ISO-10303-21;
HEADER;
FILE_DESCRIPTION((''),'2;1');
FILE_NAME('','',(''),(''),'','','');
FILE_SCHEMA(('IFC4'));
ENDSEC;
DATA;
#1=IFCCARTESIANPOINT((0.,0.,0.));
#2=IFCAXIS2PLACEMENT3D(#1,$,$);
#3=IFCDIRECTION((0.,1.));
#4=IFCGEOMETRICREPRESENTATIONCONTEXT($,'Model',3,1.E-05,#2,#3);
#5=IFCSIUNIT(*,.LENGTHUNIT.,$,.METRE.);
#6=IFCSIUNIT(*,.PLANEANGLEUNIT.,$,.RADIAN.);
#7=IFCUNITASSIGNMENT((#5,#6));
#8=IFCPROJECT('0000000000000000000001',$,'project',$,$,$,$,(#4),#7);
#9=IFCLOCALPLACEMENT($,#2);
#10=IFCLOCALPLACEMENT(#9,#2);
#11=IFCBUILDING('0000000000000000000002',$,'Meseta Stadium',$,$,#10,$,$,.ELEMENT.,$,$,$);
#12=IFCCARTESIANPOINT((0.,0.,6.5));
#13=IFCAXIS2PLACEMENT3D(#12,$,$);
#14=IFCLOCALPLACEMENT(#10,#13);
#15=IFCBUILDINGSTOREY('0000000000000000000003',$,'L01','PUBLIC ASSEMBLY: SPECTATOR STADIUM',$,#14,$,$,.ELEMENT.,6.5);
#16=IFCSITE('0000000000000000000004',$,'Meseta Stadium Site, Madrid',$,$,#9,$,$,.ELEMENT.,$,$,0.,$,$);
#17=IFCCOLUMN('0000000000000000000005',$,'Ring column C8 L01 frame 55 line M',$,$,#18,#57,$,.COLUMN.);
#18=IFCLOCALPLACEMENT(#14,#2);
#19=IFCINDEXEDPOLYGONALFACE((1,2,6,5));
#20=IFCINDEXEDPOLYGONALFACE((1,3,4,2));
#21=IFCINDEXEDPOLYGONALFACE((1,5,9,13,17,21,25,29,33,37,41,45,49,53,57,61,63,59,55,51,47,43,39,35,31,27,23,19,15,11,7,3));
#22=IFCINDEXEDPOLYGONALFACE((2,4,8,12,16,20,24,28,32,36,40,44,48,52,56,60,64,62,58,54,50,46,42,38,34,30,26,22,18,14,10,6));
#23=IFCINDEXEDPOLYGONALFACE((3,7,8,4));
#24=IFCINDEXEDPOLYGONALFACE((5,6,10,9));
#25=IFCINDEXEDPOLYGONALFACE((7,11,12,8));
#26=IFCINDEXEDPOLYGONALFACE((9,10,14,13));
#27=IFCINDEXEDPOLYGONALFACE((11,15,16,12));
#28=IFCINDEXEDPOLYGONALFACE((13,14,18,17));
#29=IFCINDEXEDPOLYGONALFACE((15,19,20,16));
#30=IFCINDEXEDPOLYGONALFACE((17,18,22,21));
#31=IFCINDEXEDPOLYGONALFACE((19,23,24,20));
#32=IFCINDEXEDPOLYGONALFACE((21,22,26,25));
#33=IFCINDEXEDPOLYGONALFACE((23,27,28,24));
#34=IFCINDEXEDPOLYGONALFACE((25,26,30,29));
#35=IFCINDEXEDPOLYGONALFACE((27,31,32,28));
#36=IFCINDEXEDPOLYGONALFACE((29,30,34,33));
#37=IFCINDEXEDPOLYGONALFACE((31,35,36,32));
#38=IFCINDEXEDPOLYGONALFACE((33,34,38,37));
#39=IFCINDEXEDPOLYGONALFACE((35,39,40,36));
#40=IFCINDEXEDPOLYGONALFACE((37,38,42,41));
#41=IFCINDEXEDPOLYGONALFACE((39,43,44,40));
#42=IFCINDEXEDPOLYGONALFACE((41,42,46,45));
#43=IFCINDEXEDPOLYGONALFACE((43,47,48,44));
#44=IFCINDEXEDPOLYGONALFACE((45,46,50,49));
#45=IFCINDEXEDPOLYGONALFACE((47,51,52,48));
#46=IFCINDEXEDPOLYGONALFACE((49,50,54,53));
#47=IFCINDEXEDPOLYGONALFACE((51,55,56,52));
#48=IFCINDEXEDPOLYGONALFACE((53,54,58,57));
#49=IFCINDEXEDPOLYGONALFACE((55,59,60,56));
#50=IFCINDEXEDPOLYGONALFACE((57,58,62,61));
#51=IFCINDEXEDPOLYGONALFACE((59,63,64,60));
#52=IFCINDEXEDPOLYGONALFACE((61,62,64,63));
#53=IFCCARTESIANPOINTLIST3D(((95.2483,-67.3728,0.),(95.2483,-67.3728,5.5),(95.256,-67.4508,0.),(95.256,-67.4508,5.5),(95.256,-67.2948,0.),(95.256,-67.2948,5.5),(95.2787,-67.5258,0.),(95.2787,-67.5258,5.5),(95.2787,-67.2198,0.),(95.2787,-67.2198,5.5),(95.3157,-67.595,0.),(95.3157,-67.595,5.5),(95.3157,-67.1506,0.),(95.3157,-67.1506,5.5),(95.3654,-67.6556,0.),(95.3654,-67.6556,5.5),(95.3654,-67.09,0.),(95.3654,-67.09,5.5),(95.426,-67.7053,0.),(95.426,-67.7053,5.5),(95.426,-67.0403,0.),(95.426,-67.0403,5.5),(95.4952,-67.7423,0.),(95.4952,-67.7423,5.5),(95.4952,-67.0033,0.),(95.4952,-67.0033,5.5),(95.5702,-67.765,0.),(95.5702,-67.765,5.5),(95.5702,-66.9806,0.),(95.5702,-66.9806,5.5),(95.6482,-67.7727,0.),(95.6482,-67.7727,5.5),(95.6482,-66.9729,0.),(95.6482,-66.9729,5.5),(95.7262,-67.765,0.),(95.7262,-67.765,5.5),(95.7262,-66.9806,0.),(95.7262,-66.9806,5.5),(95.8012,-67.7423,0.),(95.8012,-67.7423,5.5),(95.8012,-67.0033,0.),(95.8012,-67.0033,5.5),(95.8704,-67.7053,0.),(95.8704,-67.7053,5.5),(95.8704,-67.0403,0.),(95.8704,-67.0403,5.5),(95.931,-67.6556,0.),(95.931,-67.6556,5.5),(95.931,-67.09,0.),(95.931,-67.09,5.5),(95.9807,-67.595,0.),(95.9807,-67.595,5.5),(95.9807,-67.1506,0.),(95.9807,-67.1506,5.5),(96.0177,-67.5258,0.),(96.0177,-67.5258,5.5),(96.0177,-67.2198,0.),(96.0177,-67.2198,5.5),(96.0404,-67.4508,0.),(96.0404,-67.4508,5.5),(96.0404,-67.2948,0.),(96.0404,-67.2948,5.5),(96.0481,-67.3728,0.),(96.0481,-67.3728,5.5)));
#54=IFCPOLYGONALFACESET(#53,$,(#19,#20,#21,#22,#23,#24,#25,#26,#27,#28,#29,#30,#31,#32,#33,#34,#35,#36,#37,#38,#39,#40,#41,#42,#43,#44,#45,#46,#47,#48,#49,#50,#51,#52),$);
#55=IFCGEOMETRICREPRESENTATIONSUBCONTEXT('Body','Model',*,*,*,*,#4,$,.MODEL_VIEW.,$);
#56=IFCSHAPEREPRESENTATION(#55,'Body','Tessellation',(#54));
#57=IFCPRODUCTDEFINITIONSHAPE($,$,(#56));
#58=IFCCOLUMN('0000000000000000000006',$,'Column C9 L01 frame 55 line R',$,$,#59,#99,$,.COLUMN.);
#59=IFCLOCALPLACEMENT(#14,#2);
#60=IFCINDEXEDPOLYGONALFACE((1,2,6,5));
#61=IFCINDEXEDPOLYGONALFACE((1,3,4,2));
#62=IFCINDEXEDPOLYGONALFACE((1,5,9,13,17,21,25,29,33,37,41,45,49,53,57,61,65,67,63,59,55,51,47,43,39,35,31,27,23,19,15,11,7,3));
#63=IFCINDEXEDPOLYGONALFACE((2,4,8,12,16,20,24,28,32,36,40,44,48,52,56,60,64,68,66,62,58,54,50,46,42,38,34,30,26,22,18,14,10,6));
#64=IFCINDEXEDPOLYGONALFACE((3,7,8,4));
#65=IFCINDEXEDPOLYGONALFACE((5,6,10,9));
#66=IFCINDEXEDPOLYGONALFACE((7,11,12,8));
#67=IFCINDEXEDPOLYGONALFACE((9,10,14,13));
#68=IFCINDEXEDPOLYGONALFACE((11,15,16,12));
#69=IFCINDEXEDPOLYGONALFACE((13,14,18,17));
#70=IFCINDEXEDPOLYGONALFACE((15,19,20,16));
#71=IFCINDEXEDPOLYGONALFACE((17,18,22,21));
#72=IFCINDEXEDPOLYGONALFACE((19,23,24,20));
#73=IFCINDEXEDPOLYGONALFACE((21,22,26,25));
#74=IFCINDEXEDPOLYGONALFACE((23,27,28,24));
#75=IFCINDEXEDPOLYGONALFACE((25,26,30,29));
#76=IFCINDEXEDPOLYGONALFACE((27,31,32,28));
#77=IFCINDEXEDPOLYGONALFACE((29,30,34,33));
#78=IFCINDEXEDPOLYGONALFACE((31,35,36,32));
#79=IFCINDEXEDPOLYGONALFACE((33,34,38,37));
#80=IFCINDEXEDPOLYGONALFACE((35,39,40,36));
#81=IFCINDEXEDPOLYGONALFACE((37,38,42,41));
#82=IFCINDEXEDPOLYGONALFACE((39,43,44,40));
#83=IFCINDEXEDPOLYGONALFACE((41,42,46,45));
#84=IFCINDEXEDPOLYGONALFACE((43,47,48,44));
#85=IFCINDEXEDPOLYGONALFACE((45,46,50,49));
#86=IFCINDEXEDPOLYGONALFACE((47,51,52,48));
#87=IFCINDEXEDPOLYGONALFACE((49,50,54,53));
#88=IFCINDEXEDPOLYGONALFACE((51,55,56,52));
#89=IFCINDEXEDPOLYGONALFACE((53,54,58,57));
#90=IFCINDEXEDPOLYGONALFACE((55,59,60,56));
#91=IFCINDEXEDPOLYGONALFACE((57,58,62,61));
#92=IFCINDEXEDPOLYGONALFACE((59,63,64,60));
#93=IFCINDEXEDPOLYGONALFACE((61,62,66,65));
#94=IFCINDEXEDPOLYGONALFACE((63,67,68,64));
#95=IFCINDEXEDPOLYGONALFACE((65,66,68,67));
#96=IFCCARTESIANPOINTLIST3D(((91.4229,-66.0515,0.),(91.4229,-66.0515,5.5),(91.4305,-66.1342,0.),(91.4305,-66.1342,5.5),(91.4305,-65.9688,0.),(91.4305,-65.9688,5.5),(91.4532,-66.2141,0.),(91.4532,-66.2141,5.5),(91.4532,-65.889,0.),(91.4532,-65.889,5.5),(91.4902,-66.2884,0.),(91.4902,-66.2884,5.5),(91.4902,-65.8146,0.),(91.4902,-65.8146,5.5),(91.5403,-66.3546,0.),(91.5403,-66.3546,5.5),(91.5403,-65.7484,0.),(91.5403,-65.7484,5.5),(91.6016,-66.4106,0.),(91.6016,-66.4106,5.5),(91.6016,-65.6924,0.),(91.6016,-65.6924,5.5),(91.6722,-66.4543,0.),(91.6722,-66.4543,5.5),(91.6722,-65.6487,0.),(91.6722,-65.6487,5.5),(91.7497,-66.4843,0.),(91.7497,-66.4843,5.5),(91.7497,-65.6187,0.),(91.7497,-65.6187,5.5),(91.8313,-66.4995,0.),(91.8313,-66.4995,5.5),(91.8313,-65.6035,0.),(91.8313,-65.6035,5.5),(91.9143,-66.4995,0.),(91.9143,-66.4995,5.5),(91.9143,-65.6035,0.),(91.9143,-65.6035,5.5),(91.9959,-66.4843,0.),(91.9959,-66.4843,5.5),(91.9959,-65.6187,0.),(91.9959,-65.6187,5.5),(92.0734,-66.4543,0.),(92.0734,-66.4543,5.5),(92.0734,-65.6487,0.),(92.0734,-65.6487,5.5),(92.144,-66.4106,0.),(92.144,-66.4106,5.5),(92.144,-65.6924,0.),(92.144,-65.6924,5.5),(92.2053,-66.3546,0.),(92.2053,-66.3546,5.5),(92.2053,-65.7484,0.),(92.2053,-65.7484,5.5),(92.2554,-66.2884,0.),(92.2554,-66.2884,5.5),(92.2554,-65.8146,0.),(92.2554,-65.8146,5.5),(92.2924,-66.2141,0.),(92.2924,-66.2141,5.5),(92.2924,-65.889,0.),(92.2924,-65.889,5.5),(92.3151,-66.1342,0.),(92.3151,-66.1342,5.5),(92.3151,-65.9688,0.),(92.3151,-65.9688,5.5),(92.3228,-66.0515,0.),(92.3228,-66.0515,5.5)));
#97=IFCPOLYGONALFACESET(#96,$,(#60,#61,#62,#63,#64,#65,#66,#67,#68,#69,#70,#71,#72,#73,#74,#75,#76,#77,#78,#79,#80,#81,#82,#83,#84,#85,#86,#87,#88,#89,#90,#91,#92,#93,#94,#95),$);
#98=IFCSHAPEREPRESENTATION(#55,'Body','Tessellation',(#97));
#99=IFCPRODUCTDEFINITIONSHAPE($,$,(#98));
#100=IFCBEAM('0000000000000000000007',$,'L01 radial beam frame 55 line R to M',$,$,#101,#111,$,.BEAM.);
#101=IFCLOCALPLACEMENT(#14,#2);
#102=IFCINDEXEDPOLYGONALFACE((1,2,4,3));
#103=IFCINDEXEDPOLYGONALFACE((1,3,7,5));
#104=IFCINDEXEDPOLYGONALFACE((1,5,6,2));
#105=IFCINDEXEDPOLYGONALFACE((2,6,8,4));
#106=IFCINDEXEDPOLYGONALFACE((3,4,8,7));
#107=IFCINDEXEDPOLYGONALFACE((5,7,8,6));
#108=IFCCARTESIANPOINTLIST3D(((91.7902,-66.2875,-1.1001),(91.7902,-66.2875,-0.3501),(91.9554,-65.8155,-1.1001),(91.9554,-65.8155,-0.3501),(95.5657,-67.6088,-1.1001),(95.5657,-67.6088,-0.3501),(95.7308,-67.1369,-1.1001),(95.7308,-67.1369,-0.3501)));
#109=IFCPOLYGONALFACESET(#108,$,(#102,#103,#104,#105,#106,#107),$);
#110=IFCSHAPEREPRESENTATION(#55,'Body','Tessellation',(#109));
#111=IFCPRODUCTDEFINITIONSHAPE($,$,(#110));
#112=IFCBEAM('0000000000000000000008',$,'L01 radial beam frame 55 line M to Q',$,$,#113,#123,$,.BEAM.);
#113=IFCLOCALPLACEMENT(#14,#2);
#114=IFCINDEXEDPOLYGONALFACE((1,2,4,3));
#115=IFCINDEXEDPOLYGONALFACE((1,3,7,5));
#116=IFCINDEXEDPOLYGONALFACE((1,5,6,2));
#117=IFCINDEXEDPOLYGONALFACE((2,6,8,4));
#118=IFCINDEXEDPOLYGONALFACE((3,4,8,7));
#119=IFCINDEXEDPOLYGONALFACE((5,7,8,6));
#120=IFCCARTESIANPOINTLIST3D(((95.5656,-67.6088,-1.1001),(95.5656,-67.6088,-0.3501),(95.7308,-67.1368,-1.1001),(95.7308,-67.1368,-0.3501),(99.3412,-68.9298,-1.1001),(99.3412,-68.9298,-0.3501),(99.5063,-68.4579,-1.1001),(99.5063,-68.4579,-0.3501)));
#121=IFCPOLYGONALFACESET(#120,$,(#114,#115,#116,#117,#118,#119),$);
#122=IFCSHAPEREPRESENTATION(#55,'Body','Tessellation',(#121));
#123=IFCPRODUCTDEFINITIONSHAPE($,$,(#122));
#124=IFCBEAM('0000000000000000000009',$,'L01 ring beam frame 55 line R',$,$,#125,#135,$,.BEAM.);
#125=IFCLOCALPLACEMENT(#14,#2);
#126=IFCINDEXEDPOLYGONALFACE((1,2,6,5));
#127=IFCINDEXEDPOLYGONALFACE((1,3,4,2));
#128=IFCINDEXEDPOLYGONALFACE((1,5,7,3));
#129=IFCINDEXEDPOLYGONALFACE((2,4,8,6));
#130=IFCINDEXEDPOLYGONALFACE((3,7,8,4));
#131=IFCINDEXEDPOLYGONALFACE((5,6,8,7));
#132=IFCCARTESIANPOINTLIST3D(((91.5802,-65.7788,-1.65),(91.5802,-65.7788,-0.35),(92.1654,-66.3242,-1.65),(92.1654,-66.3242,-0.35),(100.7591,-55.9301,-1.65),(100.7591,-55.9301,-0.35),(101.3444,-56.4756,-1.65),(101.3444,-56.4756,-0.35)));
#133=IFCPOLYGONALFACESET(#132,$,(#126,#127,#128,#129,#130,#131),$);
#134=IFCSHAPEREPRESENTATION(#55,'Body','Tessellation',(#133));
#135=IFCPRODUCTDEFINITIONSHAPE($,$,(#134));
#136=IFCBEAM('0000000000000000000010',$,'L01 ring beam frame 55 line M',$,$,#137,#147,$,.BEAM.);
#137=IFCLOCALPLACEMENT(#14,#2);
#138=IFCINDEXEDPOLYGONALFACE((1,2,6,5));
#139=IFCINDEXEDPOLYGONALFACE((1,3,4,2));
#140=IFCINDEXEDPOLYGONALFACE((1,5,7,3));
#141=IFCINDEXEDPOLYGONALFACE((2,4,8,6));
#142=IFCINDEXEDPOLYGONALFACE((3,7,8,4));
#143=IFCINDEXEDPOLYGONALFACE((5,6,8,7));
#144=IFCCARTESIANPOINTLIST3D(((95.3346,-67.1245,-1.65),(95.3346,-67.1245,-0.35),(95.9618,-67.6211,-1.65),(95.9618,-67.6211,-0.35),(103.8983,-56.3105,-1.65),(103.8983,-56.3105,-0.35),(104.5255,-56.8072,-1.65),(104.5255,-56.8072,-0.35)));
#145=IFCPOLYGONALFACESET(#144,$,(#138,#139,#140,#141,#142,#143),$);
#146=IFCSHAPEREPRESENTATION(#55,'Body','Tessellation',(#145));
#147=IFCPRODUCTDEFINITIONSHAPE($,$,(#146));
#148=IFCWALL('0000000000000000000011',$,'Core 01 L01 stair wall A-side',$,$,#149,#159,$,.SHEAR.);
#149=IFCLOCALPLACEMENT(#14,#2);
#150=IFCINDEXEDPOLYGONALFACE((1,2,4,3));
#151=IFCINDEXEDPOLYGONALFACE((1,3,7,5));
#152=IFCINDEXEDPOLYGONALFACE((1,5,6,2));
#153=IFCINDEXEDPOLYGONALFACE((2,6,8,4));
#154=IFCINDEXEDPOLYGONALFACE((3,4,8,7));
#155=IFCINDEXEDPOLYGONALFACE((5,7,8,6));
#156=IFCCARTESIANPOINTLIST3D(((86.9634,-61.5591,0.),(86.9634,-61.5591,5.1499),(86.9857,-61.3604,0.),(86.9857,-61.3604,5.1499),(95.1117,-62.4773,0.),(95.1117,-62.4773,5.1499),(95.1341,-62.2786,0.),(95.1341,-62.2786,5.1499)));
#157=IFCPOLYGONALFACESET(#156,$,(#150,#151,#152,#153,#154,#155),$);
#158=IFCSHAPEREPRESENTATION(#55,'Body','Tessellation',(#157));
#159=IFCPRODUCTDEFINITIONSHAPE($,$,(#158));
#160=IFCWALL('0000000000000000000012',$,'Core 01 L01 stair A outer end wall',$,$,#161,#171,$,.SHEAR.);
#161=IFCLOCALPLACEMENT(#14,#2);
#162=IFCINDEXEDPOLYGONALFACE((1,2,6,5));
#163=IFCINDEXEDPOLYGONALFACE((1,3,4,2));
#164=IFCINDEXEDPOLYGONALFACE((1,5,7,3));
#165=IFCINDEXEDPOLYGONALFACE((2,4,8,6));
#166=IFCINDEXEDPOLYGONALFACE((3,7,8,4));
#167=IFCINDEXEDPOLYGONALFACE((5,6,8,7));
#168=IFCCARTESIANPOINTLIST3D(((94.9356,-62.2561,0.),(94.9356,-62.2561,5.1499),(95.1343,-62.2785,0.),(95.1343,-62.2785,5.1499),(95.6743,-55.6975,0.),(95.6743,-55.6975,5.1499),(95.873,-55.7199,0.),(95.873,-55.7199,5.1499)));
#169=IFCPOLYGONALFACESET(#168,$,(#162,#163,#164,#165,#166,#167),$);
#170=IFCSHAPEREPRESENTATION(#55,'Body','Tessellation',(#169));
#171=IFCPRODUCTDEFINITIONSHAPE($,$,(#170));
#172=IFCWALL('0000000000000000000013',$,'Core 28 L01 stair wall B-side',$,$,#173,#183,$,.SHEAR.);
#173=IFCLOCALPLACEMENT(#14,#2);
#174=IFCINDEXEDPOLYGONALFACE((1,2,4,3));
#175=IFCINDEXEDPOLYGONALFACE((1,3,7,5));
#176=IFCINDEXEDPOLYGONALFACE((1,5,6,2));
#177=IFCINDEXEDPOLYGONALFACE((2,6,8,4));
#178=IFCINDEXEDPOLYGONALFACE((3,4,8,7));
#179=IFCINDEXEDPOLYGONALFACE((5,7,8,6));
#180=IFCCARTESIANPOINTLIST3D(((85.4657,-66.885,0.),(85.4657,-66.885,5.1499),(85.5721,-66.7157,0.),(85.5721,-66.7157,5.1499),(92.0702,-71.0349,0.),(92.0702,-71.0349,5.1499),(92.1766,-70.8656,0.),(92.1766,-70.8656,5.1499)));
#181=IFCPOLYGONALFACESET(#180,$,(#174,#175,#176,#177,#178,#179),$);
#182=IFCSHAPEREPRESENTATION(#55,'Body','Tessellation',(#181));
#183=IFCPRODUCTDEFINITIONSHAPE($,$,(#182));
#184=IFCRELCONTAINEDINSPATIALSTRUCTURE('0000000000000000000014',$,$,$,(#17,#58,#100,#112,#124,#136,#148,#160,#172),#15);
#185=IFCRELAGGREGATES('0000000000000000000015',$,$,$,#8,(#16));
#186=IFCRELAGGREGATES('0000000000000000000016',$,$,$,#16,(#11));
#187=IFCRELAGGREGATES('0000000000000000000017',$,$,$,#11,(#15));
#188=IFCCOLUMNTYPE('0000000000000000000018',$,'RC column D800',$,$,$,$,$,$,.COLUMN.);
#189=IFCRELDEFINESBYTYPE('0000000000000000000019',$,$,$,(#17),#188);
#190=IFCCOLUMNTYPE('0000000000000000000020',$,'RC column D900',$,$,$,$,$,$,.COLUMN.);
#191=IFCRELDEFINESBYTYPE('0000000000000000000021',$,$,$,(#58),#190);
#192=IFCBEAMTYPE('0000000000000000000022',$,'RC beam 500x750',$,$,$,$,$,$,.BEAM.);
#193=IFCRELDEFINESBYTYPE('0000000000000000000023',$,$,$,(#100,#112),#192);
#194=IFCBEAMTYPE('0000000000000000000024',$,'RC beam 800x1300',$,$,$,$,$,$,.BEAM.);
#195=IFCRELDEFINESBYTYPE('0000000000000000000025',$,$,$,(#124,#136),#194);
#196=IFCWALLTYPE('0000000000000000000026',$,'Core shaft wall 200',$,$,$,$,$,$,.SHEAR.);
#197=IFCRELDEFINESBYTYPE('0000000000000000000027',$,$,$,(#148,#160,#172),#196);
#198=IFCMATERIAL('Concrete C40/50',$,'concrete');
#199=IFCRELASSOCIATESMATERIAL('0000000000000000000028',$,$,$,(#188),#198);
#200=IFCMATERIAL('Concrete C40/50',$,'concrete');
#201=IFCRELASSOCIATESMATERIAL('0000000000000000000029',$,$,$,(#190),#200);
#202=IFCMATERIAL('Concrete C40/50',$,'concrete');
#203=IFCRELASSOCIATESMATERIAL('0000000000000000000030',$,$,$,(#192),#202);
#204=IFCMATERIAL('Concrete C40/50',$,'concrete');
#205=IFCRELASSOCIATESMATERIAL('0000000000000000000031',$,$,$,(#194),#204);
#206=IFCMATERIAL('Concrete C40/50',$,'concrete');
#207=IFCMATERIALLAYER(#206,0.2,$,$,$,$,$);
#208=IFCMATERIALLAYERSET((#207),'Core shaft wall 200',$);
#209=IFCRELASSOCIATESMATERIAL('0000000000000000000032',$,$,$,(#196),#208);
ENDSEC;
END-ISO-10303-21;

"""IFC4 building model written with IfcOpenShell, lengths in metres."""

from ifc_helpers import new_model, si_unit, direction, frame, frame_2d, origin, origin_2d, place, context, subcontext, project, spatial, rectangle, circle, extrude, material, layer, layer_set, material_profile, profile_set, type_object, element, save


model = new_model("IFC4")

# Units and contexts
model_context = context("Model", 3, precision=1e-05, world=origin(), true_north=direction((0.0, 1.0)))
body_context = subcontext(model_context, "Body", "Model", "MODEL_VIEW")
ifc_project = project(units=[si_unit("LENGTHUNIT", "METRE"), si_unit("PLANEANGLEUNIT", "RADIAN")], contexts=[model_context])

# Site, building, storey
site_placement = place(None, origin())
site = spatial("IfcSite", under=ifc_project, at=site_placement, Name="Meseta Stadium Site, Madrid", CompositionType="ELEMENT", RefElevation=0.0)
building_placement = place(site_placement, origin())
building = spatial("IfcBuilding", under=site, at=building_placement, Name="Meseta Stadium", CompositionType="ELEMENT")
storey_placement = place(building_placement, frame((0.0, 0.0, 6.5)))
storey = spatial("IfcBuildingStorey", under=building, at=storey_placement, Name="L01", Description="PUBLIC ASSEMBLY: SPECTATOR STADIUM", CompositionType="ELEMENT", Elevation=6.5)

# Columns
ifc_material_1 = material(Name="Concrete C40/50", Category="concrete")
ifc_material_profile_1 = material_profile(ifc_material_1, circle(Radius=0.3999, at=origin_2d()), Name="RC D800")
ifc_profile_set_1 = profile_set([ifc_material_profile_1], Name="Concrete C40/50")
column_type_1 = type_object("IfcColumnType", Name="RC column D800", PredefinedType="COLUMN", material=ifc_profile_set_1)
column_1_placement = place(storey_placement, frame((95.6482, -67.3728, 0.0), z_axis=(0.0, 0.0, 1.0), x_axis=(1.0, 0.0, 0.0)))
element("IfcColumn", 1, at=column_1_placement, inside=storey, type_object=column_type_1, Name="Ring column C8 L01 frame 55 line M", PredefinedType="COLUMN", context=body_context, shape_type="SweptSolid", body=[
    extrude(circle(Radius=0.3999, at=origin_2d()), origin(), (0.0, 0.0, 1.0), 5.5),
])
ifc_material_2 = material(Name="Concrete C40/50", Category="concrete")
ifc_material_profile_2 = material_profile(ifc_material_2, circle(Radius=0.45, at=origin_2d()), Name="RC D900")
ifc_profile_set_2 = profile_set([ifc_material_profile_2], Name="Concrete C40/50")
column_type_2 = type_object("IfcColumnType", Name="RC column D900", PredefinedType="COLUMN", material=ifc_profile_set_2)
column_2_placement = place(storey_placement, frame((91.8728, -66.0515, 0.0), z_axis=(0.0, 0.0, 1.0), x_axis=(1.0, 0.0, 0.0)))
element("IfcColumn", 2, at=column_2_placement, inside=storey, type_object=column_type_2, Name="Column C9 L01 frame 55 line R", PredefinedType="COLUMN", context=body_context, shape_type="SweptSolid", body=[
    extrude(circle(Radius=0.45, at=origin_2d()), origin(), (0.0, 0.0, 1.0), 5.5),
])

# Beams
ifc_material_3 = material(Name="Concrete C40/50", Category="concrete")
ifc_material_profile_3 = material_profile(ifc_material_3, rectangle(XDim=0.5, YDim=0.75, at=origin_2d()), Name="RC 500x750")
ifc_profile_set_3 = profile_set([ifc_material_profile_3], Name="Concrete C40/50")
beam_type_1 = type_object("IfcBeamType", Name="RC beam 500x750", PredefinedType="BEAM", material=ifc_profile_set_3)
for number, where, z_axis, x_axis, name in (
    (3, (91.8728, -66.0515, -0.7251), (0.943866, -0.330329, 0.0), (0.330329, 0.943866, 0.0), "L01 radial beam frame 55 line R to M"),
    (4, (95.6482, -67.3728, -0.7251), (0.943892, -0.330255, 0.0), (0.330255, 0.943892, 0.0), "L01 radial beam frame 55 line M to Q"),
):
    element("IfcBeam", number, at=place(storey_placement, frame(where, z_axis=z_axis, x_axis=x_axis)), inside=storey, type_object=beam_type_1, Name=name, PredefinedType="BEAM", context=body_context, shape_type="SweptSolid", body=[
        extrude(rectangle(XDim=0.5, YDim=0.75, at=origin_2d()), origin(), (0.0, 0.0, 1.0), 4.0),
    ])
ifc_material_4 = material(Name="Concrete C40/50", Category="concrete")
ifc_material_profile_4 = material_profile(ifc_material_4, rectangle(XDim=0.8, YDim=1.3, at=origin_2d()), Name="RC 800x1300")
ifc_profile_set_4 = profile_set([ifc_material_profile_4], Name="Concrete C40/50")
beam_type_2 = type_object("IfcBeamType", Name="RC beam 800x1300", PredefinedType="BEAM", material=ifc_profile_set_4)
beam_1_placement = place(storey_placement, frame((91.8728, -66.0515, -1.0), z_axis=(0.681798, 0.731541, 0.0), x_axis=(-0.731541, 0.681798, 0.0)))
element("IfcBeam", 5, at=beam_1_placement, inside=storey, type_object=beam_type_2, Name="L01 ring beam frame 55 line R", PredefinedType="BEAM", context=body_context, shape_type="SweptSolid", body=[
    extrude(rectangle(XDim=0.8, YDim=1.3, at=origin_2d()), origin(), (0.0, 0.0, 1.0), 13.4629),
])
beam_2_placement = place(storey_placement, frame((95.6482, -67.3728, -1.0), z_axis=(0.620822, 0.783952, 0.0), x_axis=(-0.783952, 0.620822, 0.0)))
element("IfcBeam", 6, at=beam_2_placement, inside=storey, type_object=beam_type_2, Name="L01 ring beam frame 55 line M", PredefinedType="BEAM", context=body_context, shape_type="SweptSolid", body=[
    extrude(rectangle(XDim=0.8, YDim=1.3, at=origin_2d()), origin(), (0.0, 0.0, 1.0), 13.7942),
])

# Walls
ifc_material_5 = material(Name="Concrete C40/50", Category="concrete")
ifc_layer_1 = layer(ifc_material_5, 0.2)
ifc_layer_set_1 = layer_set([ifc_layer_1], Name="Core shaft wall 200")
wall_type_1 = type_object("IfcWallType", Name="Core shaft wall 200", PredefinedType="SHEAR", material=ifc_layer_set_1)
wall_1_placement = place(storey_placement, frame((95.123, -62.3779, 0.0), z_axis=(0.0, 0.0, 1.0), x_axis=(-0.993711, 0.111977, 0.0)))
element("IfcWall", 7, at=wall_1_placement, inside=storey, type_object=wall_type_1, Name="Core 01 L01 stair wall A-side", PredefinedType="SHEAR", context=body_context, shape_type="SweptSolid", body=[
    extrude(rectangle(XDim=8.2, YDim=0.2, at=frame_2d((4.1001, 0.0))), origin(), (0.0, 0.0, 1.0), 5.1499),
])
wall_2_placement = place(storey_placement, frame((95.0349, -62.2673, 0.0), z_axis=(0.0, 0.0, 1.0), x_axis=(0.111934, 0.993716, 0.0)))
element("IfcWall", 8, at=wall_2_placement, inside=storey, type_object=wall_type_1, Name="Core 01 L01 stair A outer end wall", PredefinedType="SHEAR", context=body_context, shape_type="SweptSolid", body=[
    extrude(rectangle(XDim=6.6001, YDim=0.2, at=frame_2d((3.3, 0.0))), origin(), (0.0, 0.0, 1.0), 5.1499),
])
wall_3_placement = place(storey_placement, frame((92.1233, -70.9502, 0.0), z_axis=(0.0, 0.0, 1.0), x_axis=(-0.846723, 0.532034, 0.0)))
element("IfcWall", 9, at=wall_3_placement, inside=storey, type_object=wall_type_1, Name="Core 28 L01 stair wall B-side", PredefinedType="SHEAR", context=body_context, shape_type="SweptSolid", body=[
    extrude(rectangle(XDim=7.8, YDim=0.2, at=frame_2d((3.8999, 0.0))), origin(), (0.0, 0.0, 1.0), 5.1499),
])

save(model, "model.ifc")
